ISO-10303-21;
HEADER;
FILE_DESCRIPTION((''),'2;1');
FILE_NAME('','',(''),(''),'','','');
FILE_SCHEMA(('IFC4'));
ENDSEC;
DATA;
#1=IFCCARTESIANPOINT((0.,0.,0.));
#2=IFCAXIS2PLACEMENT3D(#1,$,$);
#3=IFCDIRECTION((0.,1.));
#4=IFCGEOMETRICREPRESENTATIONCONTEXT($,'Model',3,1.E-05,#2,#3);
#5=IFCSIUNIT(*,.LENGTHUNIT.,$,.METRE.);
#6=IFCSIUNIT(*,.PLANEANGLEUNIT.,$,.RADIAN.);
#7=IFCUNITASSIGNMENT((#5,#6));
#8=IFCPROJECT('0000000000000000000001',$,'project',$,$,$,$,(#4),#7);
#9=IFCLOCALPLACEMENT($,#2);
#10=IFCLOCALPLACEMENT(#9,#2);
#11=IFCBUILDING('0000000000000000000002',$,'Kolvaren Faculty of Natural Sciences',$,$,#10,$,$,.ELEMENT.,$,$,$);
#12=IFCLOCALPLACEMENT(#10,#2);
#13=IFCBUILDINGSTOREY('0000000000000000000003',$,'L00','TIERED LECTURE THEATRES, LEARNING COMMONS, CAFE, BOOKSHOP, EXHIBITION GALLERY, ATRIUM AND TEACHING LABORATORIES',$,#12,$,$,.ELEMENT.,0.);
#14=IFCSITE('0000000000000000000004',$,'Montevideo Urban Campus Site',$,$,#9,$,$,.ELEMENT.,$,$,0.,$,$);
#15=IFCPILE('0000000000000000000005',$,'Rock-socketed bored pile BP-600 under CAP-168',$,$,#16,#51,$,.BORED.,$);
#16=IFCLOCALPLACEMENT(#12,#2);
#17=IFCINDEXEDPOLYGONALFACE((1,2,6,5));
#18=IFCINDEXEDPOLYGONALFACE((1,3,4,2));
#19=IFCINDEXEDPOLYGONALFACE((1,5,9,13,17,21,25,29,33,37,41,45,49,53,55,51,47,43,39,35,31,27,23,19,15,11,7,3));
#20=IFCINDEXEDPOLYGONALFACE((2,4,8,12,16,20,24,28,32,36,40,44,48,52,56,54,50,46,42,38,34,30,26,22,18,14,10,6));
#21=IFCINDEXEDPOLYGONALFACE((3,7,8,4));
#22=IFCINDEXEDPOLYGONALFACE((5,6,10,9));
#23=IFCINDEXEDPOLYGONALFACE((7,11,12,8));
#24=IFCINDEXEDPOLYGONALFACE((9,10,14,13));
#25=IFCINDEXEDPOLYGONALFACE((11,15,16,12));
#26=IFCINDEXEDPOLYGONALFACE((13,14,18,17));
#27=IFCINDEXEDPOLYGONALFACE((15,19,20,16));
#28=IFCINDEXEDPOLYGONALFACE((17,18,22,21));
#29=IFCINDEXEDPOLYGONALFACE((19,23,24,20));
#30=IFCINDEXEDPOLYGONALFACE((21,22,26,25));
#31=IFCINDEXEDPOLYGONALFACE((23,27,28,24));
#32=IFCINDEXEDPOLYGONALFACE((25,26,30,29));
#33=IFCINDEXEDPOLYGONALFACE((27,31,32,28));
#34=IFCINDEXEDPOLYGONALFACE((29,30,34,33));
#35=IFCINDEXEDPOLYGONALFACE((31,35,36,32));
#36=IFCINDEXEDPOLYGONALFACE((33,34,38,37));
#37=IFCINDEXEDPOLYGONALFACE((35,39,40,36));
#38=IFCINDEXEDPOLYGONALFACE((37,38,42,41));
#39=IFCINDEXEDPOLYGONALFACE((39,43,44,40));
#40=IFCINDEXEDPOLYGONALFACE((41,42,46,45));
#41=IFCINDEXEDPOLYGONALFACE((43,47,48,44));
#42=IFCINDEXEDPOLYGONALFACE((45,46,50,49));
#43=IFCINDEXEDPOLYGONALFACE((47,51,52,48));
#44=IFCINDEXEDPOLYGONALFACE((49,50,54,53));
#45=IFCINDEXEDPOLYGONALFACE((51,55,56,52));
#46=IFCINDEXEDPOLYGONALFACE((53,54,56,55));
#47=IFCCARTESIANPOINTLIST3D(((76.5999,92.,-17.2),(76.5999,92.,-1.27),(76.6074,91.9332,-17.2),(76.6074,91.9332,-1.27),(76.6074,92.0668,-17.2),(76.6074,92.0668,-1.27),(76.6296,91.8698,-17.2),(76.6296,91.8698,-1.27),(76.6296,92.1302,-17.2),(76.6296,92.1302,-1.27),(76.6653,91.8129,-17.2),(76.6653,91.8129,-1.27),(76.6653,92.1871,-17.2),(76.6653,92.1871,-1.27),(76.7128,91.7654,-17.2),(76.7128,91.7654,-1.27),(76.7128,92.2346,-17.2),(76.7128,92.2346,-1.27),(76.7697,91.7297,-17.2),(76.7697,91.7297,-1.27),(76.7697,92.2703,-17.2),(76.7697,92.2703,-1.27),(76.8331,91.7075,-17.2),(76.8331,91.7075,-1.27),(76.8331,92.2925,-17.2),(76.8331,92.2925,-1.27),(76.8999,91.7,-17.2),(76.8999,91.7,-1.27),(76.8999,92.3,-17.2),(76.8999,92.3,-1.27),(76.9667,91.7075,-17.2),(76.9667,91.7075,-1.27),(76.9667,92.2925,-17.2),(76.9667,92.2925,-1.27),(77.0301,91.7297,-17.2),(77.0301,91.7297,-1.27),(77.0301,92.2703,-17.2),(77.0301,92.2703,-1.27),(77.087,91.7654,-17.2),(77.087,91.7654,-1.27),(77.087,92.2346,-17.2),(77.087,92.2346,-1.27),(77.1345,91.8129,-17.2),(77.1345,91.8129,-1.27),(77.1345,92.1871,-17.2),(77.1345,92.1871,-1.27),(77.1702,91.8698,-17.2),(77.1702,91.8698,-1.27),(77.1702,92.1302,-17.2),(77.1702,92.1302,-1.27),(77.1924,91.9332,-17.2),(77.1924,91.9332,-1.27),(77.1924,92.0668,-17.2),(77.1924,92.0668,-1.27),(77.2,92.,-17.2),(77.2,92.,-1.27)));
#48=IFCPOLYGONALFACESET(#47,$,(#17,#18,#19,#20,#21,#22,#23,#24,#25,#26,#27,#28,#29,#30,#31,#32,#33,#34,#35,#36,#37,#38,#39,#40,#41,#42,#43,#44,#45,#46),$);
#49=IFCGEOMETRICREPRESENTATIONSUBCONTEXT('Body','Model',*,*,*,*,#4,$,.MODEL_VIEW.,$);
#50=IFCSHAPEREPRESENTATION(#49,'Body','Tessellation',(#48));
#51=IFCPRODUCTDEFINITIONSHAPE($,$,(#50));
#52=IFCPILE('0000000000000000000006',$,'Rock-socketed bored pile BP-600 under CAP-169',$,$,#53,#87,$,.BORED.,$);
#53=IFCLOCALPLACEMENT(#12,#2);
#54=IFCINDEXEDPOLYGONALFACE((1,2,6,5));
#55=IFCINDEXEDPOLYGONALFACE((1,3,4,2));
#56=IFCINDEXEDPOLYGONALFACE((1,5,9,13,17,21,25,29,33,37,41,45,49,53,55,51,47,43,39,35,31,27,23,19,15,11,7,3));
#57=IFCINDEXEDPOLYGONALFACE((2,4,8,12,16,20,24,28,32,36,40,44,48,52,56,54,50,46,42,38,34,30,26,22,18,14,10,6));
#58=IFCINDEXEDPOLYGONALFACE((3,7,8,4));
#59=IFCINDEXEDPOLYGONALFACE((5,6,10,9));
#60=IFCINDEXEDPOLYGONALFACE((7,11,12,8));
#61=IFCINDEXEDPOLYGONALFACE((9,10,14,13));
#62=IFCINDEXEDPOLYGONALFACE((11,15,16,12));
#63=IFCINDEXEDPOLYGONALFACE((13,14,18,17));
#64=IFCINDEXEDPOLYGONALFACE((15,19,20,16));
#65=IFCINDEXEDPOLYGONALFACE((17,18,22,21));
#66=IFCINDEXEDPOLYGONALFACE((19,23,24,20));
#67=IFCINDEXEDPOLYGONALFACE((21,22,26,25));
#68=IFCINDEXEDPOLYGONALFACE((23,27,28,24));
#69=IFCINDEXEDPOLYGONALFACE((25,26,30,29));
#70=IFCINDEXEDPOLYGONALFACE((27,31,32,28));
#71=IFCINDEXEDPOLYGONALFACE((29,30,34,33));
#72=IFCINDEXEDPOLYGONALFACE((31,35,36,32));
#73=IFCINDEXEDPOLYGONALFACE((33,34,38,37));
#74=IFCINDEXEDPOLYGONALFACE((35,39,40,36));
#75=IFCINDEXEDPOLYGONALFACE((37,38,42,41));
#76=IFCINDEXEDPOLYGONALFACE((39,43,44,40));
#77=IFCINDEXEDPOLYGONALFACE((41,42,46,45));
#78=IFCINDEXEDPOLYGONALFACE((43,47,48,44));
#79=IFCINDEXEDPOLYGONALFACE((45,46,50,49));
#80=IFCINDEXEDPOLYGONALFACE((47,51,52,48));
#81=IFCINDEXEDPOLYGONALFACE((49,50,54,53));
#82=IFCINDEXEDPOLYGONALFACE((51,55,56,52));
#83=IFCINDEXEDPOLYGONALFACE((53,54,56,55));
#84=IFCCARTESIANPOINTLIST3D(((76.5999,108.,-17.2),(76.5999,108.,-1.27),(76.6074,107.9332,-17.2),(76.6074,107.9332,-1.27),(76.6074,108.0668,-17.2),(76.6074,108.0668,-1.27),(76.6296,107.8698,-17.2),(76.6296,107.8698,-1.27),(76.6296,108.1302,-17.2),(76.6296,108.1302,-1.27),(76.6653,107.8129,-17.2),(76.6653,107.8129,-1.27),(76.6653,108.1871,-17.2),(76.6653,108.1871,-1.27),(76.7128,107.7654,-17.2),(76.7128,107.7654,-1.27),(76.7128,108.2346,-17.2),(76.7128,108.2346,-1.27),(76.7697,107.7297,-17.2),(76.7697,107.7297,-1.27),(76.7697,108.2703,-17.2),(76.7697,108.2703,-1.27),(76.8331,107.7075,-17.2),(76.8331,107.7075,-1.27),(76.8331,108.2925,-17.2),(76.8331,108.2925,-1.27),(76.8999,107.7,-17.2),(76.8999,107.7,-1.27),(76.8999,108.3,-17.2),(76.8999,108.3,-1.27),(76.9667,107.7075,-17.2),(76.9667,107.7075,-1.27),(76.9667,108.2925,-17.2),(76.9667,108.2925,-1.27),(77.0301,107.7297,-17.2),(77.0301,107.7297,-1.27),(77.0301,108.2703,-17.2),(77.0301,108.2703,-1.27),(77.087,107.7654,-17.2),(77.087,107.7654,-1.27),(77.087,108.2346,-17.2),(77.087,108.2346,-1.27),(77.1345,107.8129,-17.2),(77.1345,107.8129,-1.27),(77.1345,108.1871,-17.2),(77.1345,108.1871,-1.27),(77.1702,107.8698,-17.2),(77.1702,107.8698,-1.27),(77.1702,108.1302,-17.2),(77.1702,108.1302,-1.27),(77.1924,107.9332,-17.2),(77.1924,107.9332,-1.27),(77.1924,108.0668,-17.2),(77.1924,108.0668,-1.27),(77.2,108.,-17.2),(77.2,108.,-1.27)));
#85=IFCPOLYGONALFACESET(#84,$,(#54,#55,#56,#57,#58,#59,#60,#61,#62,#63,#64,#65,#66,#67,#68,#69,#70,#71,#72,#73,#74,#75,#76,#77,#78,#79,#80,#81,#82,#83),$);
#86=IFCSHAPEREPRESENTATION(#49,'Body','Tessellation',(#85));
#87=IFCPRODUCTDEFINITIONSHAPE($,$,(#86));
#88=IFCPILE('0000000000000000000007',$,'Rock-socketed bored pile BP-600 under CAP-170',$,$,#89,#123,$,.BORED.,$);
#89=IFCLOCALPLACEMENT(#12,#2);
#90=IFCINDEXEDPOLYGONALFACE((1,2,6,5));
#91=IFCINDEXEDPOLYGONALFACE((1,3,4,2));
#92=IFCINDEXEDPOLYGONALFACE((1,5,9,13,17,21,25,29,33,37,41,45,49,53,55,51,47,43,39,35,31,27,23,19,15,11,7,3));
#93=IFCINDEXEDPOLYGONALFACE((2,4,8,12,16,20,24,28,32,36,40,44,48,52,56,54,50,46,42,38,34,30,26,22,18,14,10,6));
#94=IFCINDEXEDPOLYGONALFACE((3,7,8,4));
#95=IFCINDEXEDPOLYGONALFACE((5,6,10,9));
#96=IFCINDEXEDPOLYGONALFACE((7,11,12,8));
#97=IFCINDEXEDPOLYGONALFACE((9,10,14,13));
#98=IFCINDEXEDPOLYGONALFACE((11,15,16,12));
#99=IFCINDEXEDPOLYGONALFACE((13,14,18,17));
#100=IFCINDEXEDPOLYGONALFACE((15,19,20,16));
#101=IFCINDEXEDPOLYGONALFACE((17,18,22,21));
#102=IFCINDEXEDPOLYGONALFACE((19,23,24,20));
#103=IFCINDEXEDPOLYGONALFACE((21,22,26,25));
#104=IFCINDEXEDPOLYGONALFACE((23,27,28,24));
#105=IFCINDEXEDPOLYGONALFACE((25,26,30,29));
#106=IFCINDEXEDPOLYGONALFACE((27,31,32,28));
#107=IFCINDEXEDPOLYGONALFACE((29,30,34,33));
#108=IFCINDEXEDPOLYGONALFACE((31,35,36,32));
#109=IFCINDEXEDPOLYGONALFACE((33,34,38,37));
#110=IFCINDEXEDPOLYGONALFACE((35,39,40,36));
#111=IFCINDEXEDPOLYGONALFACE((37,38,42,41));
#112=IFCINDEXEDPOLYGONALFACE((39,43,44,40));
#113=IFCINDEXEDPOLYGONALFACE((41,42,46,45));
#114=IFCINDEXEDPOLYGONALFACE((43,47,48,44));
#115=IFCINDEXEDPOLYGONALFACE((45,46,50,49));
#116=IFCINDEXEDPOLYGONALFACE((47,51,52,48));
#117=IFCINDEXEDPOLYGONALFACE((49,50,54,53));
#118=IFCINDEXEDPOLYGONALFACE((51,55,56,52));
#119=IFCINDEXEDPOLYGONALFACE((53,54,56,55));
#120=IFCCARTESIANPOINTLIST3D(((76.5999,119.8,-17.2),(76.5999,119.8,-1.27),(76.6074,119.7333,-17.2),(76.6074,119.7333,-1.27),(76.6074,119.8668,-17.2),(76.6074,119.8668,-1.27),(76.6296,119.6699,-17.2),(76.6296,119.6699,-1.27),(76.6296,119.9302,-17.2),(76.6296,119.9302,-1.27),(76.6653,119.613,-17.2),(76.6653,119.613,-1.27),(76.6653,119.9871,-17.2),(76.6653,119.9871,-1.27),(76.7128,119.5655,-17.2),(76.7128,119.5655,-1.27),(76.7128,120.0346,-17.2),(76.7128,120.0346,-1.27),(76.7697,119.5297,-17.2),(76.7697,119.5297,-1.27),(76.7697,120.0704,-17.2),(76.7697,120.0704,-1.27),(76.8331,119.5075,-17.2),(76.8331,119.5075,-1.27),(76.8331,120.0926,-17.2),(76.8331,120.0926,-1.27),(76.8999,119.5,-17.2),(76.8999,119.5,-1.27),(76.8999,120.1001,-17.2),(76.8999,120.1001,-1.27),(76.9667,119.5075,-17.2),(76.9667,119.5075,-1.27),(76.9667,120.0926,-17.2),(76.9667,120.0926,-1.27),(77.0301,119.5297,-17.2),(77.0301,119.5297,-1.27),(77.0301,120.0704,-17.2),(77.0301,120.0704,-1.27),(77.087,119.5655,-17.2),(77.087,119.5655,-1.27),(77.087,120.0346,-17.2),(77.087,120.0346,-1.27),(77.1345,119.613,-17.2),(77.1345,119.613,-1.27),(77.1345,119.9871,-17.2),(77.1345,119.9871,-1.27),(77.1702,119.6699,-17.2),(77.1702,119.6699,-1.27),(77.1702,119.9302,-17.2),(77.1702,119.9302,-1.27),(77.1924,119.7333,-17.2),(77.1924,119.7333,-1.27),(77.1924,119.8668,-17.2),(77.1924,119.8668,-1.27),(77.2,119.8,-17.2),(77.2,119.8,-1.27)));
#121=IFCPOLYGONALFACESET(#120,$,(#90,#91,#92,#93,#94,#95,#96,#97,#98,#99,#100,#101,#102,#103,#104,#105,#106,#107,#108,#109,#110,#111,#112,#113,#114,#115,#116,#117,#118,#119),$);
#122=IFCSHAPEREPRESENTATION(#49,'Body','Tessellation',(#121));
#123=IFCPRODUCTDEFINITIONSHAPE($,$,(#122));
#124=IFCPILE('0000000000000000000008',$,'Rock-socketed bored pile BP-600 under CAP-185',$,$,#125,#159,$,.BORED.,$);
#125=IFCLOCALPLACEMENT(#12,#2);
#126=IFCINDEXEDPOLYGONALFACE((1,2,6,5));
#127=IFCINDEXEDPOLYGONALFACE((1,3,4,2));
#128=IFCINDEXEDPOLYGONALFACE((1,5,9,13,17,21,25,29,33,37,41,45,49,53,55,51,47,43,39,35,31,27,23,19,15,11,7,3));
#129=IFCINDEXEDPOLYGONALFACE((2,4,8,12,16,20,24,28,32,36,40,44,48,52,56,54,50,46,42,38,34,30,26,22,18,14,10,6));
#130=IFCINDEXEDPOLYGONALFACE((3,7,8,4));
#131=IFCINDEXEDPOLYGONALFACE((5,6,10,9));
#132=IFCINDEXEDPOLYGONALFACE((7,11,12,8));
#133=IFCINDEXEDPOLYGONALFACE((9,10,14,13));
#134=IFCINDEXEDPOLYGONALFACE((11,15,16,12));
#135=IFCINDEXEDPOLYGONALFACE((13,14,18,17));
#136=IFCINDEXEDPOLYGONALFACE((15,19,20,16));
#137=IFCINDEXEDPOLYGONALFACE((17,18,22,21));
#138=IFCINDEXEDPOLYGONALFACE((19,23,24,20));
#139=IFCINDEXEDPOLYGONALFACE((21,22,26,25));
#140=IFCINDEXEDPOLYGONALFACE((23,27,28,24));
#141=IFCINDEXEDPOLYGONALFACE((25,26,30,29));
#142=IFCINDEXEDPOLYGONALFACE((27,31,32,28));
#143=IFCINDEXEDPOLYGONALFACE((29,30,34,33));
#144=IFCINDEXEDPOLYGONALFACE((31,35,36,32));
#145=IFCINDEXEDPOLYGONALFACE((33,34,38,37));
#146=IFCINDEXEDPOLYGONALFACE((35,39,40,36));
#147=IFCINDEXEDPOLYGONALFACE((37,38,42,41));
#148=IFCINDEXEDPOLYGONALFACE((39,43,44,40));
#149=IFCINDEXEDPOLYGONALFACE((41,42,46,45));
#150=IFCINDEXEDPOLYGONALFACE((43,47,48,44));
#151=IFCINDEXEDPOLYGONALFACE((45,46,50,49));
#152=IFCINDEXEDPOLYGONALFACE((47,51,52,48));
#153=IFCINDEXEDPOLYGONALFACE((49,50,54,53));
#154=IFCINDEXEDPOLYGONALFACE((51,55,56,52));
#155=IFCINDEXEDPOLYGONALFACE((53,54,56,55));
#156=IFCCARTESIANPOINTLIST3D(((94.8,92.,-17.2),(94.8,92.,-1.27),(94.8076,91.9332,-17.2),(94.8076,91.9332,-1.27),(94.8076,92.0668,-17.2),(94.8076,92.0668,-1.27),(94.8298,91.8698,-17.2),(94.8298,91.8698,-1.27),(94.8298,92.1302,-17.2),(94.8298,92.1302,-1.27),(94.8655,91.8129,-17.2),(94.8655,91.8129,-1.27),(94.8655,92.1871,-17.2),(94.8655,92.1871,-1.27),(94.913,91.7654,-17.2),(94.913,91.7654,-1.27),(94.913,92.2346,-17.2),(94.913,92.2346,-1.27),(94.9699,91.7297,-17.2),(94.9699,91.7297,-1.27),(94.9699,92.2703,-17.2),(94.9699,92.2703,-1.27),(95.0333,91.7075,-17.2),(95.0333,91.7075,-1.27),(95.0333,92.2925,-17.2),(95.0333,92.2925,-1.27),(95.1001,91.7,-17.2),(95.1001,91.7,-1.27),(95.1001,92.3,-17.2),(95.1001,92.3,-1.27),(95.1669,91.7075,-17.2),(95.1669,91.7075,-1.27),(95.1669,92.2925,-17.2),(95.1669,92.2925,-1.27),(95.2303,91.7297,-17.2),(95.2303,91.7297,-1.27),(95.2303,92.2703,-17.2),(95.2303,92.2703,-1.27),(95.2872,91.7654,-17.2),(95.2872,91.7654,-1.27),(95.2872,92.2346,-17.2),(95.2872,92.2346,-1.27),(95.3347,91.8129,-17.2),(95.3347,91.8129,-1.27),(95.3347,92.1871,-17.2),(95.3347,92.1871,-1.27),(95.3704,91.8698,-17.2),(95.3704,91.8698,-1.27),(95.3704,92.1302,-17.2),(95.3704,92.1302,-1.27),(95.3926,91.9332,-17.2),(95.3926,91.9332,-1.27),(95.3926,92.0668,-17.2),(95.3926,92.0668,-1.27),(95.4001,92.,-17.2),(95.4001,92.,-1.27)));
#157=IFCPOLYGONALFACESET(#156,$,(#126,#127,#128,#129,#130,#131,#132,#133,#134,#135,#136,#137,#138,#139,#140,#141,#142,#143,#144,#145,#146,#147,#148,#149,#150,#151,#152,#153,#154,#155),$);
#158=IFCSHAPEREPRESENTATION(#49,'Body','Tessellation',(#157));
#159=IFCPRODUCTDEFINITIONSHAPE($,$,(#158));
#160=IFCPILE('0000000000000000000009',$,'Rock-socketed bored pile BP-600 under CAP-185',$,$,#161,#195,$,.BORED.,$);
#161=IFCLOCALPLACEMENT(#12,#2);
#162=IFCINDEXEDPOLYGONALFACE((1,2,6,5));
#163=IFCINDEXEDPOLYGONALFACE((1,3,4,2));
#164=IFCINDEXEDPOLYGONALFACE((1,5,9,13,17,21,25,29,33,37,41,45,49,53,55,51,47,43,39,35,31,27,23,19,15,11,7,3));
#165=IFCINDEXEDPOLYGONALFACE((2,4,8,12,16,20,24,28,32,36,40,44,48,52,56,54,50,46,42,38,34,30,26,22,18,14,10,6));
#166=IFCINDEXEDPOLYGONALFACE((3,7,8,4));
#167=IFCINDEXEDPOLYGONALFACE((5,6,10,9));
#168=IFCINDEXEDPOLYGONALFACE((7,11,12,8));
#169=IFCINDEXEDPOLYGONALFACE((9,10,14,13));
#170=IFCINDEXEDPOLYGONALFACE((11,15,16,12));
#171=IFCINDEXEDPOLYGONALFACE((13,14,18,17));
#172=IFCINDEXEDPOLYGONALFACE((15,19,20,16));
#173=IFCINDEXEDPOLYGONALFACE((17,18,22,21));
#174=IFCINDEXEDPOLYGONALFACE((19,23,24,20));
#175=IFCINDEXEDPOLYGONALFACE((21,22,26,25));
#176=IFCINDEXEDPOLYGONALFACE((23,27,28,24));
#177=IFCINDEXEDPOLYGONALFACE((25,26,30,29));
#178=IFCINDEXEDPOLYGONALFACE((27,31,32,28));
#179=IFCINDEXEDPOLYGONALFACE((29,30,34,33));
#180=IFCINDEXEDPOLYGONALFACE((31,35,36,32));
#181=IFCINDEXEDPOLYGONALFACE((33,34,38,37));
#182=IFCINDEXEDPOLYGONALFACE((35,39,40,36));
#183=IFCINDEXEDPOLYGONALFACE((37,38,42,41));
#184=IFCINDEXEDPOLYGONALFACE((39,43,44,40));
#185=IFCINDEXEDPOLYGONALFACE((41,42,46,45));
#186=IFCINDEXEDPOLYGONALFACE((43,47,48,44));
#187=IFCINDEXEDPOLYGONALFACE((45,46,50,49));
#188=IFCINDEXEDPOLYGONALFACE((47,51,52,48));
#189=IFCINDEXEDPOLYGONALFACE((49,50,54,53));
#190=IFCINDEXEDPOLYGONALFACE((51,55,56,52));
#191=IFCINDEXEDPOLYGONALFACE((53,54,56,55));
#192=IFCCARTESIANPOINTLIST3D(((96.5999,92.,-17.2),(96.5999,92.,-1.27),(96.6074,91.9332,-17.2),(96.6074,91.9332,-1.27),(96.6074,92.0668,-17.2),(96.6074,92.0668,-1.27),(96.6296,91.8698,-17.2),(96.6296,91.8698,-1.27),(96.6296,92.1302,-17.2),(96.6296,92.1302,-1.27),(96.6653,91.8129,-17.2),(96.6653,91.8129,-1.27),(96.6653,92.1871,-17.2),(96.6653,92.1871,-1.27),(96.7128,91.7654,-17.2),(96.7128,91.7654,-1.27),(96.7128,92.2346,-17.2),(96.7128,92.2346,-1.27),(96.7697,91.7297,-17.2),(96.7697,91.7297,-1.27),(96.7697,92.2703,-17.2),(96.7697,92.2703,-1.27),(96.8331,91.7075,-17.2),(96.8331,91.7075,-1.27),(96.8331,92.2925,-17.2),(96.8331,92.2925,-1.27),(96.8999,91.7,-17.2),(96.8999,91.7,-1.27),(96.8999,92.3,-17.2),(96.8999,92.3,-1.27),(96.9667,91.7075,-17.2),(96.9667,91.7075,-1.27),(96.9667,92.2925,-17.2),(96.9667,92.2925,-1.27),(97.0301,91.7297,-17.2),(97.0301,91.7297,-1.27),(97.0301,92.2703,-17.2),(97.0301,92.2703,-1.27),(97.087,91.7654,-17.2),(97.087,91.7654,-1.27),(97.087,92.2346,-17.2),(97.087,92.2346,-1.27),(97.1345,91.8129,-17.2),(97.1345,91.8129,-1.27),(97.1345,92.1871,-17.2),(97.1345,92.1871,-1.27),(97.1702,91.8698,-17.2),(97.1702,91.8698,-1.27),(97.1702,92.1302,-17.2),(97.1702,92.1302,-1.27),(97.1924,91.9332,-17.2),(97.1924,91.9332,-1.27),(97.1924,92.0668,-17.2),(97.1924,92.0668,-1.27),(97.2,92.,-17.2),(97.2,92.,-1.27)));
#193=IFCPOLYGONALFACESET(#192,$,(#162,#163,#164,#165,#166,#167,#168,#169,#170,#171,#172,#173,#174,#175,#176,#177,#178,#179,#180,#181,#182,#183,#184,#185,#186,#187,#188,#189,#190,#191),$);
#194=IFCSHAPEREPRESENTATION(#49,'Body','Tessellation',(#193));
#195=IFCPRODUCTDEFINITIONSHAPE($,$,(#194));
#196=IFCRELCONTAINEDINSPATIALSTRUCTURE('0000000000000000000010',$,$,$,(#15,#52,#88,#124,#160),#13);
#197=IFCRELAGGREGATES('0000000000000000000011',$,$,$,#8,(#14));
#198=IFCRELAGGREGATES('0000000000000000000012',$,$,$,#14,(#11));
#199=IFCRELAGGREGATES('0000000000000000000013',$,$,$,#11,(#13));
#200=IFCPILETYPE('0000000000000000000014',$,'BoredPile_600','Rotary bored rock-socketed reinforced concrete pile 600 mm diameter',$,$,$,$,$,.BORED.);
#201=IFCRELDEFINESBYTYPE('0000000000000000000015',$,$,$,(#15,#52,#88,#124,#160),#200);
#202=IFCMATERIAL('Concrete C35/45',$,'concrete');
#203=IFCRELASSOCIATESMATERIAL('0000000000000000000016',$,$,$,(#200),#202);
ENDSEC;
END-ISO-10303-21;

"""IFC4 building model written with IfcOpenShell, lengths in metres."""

from ifc_helpers import new_model, si_unit, direction, frame, origin, origin_2d, place, context, subcontext, project, spatial, circle, extrude, material, material_profile, profile_set, type_object, element, save


model = new_model("IFC4")

# Units and contexts
model_context = context("Model", 3, precision=1e-05, world=origin(), true_north=direction((0.0, 1.0)))
body_context = subcontext(model_context, "Body", "Model", "MODEL_VIEW")
ifc_project = project(units=[si_unit("LENGTHUNIT", "METRE"), si_unit("PLANEANGLEUNIT", "RADIAN")], contexts=[model_context])

# Site, building, storey
site_placement = place(None, origin())
site = spatial("IfcSite", under=ifc_project, at=site_placement, Name="Montevideo Urban Campus Site", CompositionType="ELEMENT", RefElevation=0.0)
building_placement = place(site_placement, origin())
building = spatial("IfcBuilding", under=site, at=building_placement, Name="Kolvaren Faculty of Natural Sciences", CompositionType="ELEMENT")
storey_placement = place(building_placement, origin())
storey = spatial("IfcBuildingStorey", under=building, at=storey_placement, Name="L00", Description="TIERED LECTURE THEATRES, LEARNING COMMONS, CAFE, BOOKSHOP, EXHIBITION GALLERY, ATRIUM AND TEACHING LABORATORIES", CompositionType="ELEMENT", Elevation=0.0)

# Piles
ifc_material_1 = material(Name="Concrete C35/45", Category="concrete")
ifc_material_profile_1 = material_profile(ifc_material_1, circle(Radius=0.3, at=origin_2d()), Name="PILE D600")
ifc_profile_set_1 = profile_set([ifc_material_profile_1], Name="Concrete C35/45")
pile_type = type_object("IfcPileType", Name="BoredPile_600", Description="Rotary bored rock-socketed reinforced concrete pile 600 mm diameter", PredefinedType="BORED", material=ifc_profile_set_1)
for number, where, z_axis, x_axis, name in (
    (1, (76.8999, 92.0, -1.27), (0.0, 0.0, -1.0), (1.0, 0.0, 0.0), "Rock-socketed bored pile BP-600 under CAP-168"),
    (2, (76.8999, 108.0, -1.27), (0.0, 0.0, -1.0), (1.0, 0.0, 0.0), "Rock-socketed bored pile BP-600 under CAP-169"),
    (3, (76.8999, 119.8, -1.27), (0.0, 0.0, -1.0), (1.0, 0.0, 0.0), "Rock-socketed bored pile BP-600 under CAP-170"),
    (4, (95.1001, 92.0, -1.27), (0.0, 0.0, -1.0), (1.0, 0.0, 0.0), "Rock-socketed bored pile BP-600 under CAP-185"),
    (5, (96.8999, 92.0, -1.27), (0.0, 0.0, -1.0), (1.0, 0.0, 0.0), "Rock-socketed bored pile BP-600 under CAP-185"),
):
    element("IfcPile", number, at=place(storey_placement, frame(where, z_axis=z_axis, x_axis=x_axis)), inside=storey, type_object=pile_type, Name=name, PredefinedType="BORED", context=body_context, shape_type="SweptSolid", body=[
        extrude(circle(Radius=0.3, at=origin_2d()), origin(), (0.0, 0.0, 1.0), 15.9299),
    ])

save(model, "model.ifc")
